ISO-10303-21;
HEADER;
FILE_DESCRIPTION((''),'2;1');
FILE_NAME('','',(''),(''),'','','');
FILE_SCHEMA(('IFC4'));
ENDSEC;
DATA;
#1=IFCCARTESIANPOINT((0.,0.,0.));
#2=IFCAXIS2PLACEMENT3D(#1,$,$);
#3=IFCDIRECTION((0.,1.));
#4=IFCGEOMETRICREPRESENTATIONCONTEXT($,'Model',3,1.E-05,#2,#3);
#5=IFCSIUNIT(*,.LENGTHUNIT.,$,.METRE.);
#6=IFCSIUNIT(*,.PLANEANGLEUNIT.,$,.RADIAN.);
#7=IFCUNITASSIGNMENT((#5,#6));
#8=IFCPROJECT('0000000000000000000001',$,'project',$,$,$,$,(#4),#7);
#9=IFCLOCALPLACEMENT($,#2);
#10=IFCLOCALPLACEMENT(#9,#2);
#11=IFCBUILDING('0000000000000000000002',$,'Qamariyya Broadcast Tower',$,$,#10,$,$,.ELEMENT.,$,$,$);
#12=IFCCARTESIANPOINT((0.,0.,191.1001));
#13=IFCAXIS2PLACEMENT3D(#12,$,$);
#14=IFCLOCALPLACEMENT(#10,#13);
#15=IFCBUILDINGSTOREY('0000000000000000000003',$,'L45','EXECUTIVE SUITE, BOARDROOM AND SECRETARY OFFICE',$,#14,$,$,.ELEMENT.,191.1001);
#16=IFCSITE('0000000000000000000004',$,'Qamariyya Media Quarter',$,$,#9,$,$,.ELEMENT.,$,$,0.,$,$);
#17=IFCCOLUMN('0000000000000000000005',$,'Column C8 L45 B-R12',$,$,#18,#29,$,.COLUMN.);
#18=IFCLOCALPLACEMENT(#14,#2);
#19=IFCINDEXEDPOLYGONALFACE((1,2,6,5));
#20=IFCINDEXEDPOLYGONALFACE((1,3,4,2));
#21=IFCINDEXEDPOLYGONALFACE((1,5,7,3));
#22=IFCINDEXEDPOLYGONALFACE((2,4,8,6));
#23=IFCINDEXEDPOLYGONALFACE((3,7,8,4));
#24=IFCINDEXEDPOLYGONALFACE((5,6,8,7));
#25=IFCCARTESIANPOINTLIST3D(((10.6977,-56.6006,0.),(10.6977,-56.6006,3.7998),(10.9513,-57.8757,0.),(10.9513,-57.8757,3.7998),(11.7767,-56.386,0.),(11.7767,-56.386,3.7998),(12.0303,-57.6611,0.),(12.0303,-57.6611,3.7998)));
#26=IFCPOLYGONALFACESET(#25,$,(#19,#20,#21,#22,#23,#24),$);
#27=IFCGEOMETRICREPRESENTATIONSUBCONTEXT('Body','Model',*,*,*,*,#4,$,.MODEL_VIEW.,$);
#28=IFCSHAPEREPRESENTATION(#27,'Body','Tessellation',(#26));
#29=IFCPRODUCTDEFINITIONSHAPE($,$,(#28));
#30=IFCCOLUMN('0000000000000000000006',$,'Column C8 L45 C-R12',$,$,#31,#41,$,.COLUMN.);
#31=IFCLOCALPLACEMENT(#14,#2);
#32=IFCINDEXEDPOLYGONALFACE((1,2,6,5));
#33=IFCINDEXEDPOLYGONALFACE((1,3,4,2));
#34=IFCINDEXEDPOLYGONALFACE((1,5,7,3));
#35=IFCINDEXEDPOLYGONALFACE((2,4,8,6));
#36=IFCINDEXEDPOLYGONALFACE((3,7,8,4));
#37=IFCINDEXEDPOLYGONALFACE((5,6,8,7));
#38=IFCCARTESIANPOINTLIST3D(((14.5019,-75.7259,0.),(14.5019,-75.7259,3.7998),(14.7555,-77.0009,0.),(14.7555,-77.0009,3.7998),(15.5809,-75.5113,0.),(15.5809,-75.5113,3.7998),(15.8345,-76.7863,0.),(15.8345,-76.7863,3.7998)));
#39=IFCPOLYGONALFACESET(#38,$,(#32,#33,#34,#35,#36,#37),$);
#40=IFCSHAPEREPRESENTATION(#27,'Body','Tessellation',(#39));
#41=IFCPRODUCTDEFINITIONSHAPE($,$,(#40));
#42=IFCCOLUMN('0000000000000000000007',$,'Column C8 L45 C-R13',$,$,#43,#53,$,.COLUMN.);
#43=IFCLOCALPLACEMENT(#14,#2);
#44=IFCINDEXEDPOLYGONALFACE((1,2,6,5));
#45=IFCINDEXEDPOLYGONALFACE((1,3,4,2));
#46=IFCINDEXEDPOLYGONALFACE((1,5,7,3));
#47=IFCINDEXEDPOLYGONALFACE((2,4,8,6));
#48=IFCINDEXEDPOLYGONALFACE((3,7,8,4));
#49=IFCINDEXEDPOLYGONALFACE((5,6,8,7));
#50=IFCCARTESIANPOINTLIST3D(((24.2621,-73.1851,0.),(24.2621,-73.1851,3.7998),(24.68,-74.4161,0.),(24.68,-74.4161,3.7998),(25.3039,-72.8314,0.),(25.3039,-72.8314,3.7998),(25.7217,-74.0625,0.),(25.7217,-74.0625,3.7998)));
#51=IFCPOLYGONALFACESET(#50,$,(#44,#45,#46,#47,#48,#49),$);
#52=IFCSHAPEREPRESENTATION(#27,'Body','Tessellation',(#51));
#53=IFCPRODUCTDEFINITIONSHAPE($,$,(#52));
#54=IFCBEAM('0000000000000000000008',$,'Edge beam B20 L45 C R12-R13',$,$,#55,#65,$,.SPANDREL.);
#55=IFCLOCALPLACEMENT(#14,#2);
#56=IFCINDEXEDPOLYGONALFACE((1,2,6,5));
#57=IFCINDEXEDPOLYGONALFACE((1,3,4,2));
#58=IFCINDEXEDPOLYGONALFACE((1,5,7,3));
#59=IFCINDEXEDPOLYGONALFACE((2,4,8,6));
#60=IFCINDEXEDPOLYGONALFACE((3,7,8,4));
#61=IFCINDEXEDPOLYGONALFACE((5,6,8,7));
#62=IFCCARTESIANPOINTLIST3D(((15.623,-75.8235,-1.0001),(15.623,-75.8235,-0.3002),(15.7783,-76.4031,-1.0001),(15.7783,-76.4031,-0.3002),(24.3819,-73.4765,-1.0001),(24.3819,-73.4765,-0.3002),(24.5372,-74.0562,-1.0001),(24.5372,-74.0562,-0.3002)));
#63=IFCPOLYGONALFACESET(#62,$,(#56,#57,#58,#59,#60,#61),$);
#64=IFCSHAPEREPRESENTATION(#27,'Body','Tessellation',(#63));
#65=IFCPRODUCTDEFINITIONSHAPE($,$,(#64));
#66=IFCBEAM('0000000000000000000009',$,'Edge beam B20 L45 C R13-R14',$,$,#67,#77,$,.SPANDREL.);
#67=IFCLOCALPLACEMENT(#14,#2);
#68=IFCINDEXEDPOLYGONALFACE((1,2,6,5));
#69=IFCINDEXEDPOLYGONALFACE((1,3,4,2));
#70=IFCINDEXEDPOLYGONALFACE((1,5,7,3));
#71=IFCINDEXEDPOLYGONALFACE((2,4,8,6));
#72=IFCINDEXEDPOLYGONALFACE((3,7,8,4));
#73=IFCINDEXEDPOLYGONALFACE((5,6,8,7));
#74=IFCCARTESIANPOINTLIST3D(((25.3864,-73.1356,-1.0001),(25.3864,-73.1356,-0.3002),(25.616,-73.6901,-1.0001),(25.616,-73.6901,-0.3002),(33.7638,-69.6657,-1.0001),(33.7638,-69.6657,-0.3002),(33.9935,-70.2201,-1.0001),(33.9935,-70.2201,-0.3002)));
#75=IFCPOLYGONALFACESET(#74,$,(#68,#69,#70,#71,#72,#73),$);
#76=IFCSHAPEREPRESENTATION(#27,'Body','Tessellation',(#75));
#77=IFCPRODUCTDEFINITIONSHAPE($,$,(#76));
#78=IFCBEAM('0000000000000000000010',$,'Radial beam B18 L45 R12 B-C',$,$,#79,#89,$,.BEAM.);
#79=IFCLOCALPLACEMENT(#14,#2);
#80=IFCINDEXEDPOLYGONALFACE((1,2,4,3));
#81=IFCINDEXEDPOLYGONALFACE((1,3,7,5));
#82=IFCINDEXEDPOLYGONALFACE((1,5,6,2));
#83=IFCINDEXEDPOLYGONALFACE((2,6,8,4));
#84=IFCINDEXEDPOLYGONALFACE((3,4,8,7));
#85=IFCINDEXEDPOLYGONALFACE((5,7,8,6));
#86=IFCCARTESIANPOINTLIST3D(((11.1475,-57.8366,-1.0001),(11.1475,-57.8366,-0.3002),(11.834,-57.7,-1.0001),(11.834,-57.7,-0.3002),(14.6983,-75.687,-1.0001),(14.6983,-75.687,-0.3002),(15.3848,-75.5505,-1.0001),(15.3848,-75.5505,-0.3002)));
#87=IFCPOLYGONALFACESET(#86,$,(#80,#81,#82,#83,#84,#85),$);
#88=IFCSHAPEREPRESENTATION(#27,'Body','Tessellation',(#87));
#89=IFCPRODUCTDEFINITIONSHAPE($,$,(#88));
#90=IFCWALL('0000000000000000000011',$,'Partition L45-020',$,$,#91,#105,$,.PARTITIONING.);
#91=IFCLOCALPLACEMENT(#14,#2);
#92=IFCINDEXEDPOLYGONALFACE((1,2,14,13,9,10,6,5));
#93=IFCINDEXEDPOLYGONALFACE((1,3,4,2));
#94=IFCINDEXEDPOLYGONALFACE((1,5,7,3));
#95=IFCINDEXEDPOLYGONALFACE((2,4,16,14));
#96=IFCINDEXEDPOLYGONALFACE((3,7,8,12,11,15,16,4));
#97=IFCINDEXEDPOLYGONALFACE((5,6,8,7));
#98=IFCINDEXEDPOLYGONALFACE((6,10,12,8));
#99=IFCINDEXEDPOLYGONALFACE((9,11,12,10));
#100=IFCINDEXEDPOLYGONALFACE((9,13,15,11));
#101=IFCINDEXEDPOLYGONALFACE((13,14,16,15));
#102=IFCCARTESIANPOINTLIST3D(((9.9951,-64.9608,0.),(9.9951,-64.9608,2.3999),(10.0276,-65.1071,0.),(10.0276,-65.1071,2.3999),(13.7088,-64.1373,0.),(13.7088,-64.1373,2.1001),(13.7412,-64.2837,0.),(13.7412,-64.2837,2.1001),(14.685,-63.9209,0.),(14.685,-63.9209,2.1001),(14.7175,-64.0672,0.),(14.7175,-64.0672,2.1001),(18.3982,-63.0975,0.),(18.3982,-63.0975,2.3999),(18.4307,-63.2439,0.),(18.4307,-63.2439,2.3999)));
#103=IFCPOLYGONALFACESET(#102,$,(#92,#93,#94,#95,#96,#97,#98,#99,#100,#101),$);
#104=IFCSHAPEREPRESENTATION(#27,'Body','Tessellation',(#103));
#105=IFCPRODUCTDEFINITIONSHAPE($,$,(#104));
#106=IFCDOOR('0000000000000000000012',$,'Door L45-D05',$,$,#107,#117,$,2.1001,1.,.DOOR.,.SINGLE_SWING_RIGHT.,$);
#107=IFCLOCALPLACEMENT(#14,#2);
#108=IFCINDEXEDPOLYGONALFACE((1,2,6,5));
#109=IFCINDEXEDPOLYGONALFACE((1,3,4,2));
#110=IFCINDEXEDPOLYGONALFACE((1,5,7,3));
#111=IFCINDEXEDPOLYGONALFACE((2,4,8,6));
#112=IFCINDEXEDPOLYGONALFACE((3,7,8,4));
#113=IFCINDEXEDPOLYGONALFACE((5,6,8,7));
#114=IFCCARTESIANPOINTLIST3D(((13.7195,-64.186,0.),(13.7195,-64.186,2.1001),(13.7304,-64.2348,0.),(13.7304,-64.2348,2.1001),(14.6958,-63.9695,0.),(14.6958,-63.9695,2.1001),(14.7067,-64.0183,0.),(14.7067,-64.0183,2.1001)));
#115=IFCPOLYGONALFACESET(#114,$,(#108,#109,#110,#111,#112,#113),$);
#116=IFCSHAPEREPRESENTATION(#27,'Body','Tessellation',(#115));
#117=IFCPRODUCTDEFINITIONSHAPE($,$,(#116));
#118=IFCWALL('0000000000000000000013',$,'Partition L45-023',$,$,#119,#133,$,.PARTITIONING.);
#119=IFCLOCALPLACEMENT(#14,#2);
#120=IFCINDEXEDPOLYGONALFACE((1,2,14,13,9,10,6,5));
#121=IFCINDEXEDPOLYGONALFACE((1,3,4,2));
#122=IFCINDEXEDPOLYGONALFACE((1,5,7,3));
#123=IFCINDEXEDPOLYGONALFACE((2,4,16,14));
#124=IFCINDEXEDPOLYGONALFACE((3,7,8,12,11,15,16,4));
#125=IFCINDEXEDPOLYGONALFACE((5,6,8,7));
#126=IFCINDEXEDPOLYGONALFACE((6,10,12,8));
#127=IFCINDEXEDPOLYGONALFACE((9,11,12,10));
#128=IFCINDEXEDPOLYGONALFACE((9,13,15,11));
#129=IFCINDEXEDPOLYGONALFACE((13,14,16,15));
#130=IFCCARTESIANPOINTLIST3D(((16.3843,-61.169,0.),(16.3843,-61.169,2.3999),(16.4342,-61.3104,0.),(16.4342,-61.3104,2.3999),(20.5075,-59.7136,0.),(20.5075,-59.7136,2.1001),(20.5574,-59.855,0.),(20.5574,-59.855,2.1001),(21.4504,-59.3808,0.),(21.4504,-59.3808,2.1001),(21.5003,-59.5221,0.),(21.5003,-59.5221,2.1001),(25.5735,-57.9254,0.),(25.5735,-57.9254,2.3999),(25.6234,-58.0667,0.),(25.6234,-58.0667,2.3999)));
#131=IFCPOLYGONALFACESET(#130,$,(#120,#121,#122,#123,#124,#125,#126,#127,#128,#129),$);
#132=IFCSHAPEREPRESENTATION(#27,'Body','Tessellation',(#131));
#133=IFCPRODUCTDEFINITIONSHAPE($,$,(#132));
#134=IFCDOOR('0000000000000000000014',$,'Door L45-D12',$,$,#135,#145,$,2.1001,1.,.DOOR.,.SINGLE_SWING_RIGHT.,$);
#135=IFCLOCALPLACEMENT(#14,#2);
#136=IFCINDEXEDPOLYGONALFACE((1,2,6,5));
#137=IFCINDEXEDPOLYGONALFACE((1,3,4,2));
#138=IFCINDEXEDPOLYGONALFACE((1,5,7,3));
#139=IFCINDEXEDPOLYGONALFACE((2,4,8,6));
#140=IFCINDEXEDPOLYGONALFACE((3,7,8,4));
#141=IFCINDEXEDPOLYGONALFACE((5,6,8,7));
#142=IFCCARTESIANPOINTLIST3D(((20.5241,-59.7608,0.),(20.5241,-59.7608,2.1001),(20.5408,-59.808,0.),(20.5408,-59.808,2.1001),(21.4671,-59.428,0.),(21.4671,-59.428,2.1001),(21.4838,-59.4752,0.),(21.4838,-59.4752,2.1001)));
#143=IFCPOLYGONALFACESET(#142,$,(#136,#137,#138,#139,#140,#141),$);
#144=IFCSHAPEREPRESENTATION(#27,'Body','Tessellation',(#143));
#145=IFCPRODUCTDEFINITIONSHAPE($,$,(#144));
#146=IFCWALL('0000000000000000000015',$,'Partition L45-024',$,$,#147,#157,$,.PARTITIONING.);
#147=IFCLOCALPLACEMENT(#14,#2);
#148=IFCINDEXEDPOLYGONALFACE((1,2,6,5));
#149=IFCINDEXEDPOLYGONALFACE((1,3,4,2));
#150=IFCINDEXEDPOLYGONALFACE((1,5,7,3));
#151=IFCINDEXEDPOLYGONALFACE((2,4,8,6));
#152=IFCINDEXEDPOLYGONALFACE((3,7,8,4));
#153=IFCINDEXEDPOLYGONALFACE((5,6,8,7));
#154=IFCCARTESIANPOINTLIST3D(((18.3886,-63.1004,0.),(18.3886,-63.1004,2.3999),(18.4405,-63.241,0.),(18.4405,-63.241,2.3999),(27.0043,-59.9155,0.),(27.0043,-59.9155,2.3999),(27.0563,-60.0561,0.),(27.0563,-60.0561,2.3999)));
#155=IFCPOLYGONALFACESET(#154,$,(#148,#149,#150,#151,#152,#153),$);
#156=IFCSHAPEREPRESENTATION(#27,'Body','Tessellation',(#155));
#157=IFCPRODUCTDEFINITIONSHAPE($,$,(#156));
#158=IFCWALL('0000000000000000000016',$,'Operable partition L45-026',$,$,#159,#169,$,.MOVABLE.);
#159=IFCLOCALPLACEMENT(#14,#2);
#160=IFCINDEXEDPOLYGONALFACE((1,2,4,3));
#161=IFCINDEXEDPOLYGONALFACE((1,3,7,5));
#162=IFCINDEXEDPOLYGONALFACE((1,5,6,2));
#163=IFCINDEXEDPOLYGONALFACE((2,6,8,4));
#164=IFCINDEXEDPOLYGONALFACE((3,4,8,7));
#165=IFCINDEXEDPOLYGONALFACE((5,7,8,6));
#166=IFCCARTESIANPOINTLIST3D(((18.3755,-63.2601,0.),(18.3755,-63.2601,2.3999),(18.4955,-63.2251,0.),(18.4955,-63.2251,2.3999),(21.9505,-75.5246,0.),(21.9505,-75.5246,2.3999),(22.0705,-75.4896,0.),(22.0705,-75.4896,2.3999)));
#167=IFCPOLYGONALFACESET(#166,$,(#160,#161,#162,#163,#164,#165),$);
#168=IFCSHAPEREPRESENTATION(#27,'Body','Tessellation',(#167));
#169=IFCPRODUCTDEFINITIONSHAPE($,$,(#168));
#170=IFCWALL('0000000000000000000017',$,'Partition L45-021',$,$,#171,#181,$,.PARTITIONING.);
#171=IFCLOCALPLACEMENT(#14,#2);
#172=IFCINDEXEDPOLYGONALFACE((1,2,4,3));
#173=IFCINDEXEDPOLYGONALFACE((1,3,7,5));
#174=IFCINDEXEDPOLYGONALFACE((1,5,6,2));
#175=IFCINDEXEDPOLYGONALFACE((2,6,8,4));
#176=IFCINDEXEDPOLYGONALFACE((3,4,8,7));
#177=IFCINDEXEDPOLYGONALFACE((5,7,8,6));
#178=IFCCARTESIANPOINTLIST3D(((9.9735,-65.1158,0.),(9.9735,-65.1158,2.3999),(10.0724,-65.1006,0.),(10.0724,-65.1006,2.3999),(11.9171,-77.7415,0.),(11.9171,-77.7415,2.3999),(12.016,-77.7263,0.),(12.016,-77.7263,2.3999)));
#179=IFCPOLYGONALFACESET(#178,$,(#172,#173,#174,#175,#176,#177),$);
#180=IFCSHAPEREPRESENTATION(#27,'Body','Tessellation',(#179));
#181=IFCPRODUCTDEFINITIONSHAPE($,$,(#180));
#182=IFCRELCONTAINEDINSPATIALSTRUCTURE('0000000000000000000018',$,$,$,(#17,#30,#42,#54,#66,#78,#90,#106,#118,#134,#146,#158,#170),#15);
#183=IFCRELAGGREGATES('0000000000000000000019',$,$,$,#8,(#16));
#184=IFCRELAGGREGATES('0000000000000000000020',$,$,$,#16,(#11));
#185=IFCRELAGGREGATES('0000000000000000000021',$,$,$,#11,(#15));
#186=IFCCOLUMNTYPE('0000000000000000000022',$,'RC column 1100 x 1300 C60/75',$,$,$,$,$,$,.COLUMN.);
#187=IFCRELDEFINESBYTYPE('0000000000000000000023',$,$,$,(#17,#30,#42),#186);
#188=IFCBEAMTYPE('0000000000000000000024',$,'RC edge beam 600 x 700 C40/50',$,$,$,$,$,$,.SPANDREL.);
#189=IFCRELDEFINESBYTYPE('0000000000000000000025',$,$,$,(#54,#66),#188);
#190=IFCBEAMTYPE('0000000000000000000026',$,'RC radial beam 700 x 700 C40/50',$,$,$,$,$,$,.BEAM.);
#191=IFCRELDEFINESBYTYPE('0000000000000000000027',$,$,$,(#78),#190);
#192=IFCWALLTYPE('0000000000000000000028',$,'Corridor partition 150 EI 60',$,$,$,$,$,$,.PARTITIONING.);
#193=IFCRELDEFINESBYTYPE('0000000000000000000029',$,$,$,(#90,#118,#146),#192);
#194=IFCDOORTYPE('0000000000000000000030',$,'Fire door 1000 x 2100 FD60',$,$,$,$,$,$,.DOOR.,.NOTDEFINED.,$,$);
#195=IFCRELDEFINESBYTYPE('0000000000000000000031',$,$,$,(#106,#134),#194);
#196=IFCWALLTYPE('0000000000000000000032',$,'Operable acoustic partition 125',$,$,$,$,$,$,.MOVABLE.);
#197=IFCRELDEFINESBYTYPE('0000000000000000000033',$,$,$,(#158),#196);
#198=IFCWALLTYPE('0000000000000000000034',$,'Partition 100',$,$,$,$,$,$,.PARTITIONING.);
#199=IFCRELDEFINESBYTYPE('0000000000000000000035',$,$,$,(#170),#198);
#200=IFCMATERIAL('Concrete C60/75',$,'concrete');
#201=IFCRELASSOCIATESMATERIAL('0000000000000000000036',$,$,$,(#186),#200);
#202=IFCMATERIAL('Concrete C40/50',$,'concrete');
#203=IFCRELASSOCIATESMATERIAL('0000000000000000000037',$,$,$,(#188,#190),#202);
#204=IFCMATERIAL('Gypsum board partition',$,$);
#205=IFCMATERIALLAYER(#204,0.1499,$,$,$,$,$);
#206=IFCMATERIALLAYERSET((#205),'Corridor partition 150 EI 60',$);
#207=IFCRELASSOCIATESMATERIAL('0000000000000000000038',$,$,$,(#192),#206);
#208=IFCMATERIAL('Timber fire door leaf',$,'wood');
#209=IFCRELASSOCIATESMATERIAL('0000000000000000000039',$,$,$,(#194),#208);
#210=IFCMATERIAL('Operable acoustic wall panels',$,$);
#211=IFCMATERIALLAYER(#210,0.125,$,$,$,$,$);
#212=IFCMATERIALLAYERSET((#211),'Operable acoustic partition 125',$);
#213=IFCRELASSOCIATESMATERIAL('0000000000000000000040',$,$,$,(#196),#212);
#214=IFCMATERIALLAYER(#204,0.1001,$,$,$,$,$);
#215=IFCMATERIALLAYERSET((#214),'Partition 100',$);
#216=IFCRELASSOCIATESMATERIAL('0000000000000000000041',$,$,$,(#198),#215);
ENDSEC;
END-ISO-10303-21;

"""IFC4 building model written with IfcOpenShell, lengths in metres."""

from ifc_helpers import new_model, si_unit, direction, frame, frame_2d, origin, origin_2d, place, context, subcontext, project, spatial, rectangle, extrude, material, layer, layer_set, material_profile, profile_set, type_object, element, fill, save


model = new_model("IFC4")

# Units and contexts
model_context = context("Model", 3, precision=1e-05, world=origin(), true_north=direction((0.0, 1.0)))
body_context = subcontext(model_context, "Body", "Model", "MODEL_VIEW")
ifc_project = project(units=[si_unit("LENGTHUNIT", "METRE"), si_unit("PLANEANGLEUNIT", "RADIAN")], contexts=[model_context])

# Site, building, storey
site_placement = place(None, origin())
site = spatial("IfcSite", under=ifc_project, at=site_placement, Name="Qamariyya Media Quarter", CompositionType="ELEMENT", RefElevation=0.0)
building_placement = place(site_placement, origin())
building = spatial("IfcBuilding", under=site, at=building_placement, Name="Qamariyya Broadcast Tower", CompositionType="ELEMENT")
storey_placement = place(building_placement, frame((0.0, 0.0, 191.1001)))
storey = spatial("IfcBuildingStorey", under=building, at=storey_placement, Name="L45", Description="EXECUTIVE SUITE, BOARDROOM AND SECRETARY OFFICE", CompositionType="ELEMENT", Elevation=191.1001)

# Columns
ifc_material_1 = material(Name="Concrete C60/75", Category="concrete")
ifc_material_profile_1 = material_profile(ifc_material_1, rectangle(XDim=1.1001, YDim=1.3, at=origin_2d()))
ifc_profile_set_1 = profile_set([ifc_material_profile_1], Name="Concrete C60/75")
column_type = type_object("IfcColumnType", Name="RC column 1100 x 1300 C60/75", PredefinedType="COLUMN", material=ifc_profile_set_1)
for number, where, z_axis, x_axis, name in (
    (1, (11.364, -57.1309, 0.0), (0.0, 0.0, 1.0), (0.980785, 0.19509, 0.0), "Column C8 L45 B-R12"),
    (2, (15.1682, -76.2561, 0.0), (0.0, 0.0, 1.0), (0.980785, 0.19509, 0.0), "Column C8 L45 C-R12"),
    (3, (24.9919, -73.6238, 0.0), (0.0, 0.0, 1.0), (0.94693, 0.321439, 0.0), "Column C8 L45 C-R13"),
):
    element("IfcColumn", number, at=place(storey_placement, frame(where, z_axis=z_axis, x_axis=x_axis)), inside=storey, type_object=column_type, Name=name, PredefinedType="COLUMN", context=body_context, shape_type="SweptSolid", body=[
        extrude(rectangle(XDim=1.1001, YDim=1.3, at=origin_2d()), origin(), (0.0, 0.0, 1.0), 3.7998),
    ])

# Beams
ifc_material_2 = material(Name="Concrete C40/50", Category="concrete")
ifc_material_profile_2 = material_profile(ifc_material_2, rectangle(XDim=0.6001, YDim=0.7, at=origin_2d()))
ifc_profile_set_2 = profile_set([ifc_material_profile_2], Name="Concrete C40/50")
beam_type_1 = type_object("IfcBeamType", Name="RC edge beam 600 x 700 C40/50", PredefinedType="SPANDREL", material=ifc_profile_set_2)
beam_1_placement = place(storey_placement, frame((15.7007, -76.1133, -0.6501), z_axis=(0.965925, 0.25882, 0.0), x_axis=(-0.25882, 0.965925, 0.0)))
element("IfcBeam", 4, at=beam_1_placement, inside=storey, type_object=beam_type_1, Name="Edge beam B20 L45 C R12-R13", PredefinedType="SPANDREL", context=body_context, shape_type="SweptSolid", body=[
    extrude(rectangle(XDim=0.6001, YDim=0.7, at=origin_2d()), origin(), (0.0, 0.0, 1.0), 9.0679),
])
beam_2_placement = place(storey_placement, frame((25.5012, -73.4128, -0.6501), z_axis=(0.923883, 0.382676, 0.0), x_axis=(-0.382676, 0.923883, 0.0)))
element("IfcBeam", 5, at=beam_2_placement, inside=storey, type_object=beam_type_1, Name="Edge beam B20 L45 C R13-R14", PredefinedType="SPANDREL", context=body_context, shape_type="SweptSolid", body=[
    extrude(rectangle(XDim=0.6001, YDim=0.7, at=origin_2d()), origin(), (0.0, 0.0, 1.0), 9.0676),
])
ifc_material_profile_3 = material_profile(ifc_material_2, rectangle(XDim=0.7, YDim=0.7, at=origin_2d()))
ifc_profile_set_3 = profile_set([ifc_material_profile_3], Name="Concrete C40/50")
beam_type_2 = type_object("IfcBeamType", Name="RC radial beam 700 x 700 C40/50", PredefinedType="BEAM", material=ifc_profile_set_3)
beam_3_placement = place(storey_placement, frame((11.4907, -57.7683, -0.6501), z_axis=(0.195097, -0.980784, 0.0), x_axis=(0.980784, 0.195097, 0.0)))
element("IfcBeam", 6, at=beam_3_placement, inside=storey, type_object=beam_type_2, Name="Radial beam B18 L45 R12 B-C", PredefinedType="BEAM", context=body_context, shape_type="SweptSolid", body=[
    extrude(rectangle(XDim=0.7, YDim=0.7, at=origin_2d()), origin(), (0.0, 0.0, 1.0), 18.2002),
])

# Walls, openings, doors
ifc_material_3 = material(Name="Gypsum board partition")
ifc_layer_1 = layer(ifc_material_3, 0.1499)
ifc_layer_set_1 = layer_set([ifc_layer_1], Name="Corridor partition 150 EI 60")
wall_type_1 = type_object("IfcWallType", Name="Corridor partition 150 EI 60", PredefinedType="PARTITIONING", material=ifc_layer_set_1)
wall_1_placement = place(storey_placement, frame((18.4146, -63.1707, 0.0), z_axis=(0.0, 0.0, 1.0), x_axis=(-0.976287, -0.21648, 0.0)))
wall_1 = element("IfcWall", 7, at=wall_1_placement, inside=storey, type_object=wall_type_1, Name="Partition L45-020", PredefinedType="PARTITIONING", context=body_context, shape_type="SweptSolid", body=[
    extrude(rectangle(XDim=8.6072, YDim=0.1499, at=frame_2d((4.3037, 0.0))), origin(), (0.0, 0.0, 1.0), 2.3999),
])
opening_1_placement = place(wall_1_placement, frame((3.8035, 0.0, 0.0)))
opening_1 = element("IfcOpeningElement", 8, at=opening_1_placement, cuts=wall_1, PredefinedType="OPENING", context=body_context, shape_type="SweptSolid", body=[
    extrude(rectangle(XDim=1.0, YDim=2.1001, at=frame_2d((0.5, 1.05))), frame((0.0, 0.085, 0.0), z_axis=(0.0, -1.0, 0.0), x_axis=(1.0, 0.0, 0.0)), (0.0, 0.0, 1.0), 0.1699),
])
ifc_material_4 = material(Name="Timber fire door leaf", Category="wood")
door_type = type_object("IfcDoorType", Name="Fire door 1000 x 2100 FD60", OperationType="NOTDEFINED", PredefinedType="DOOR", material=ifc_material_4)
door_1_placement = place(opening_1_placement, origin())
door_1 = element("IfcDoor", 9, at=door_1_placement, inside=storey, type_object=door_type, Name="Door L45-D05", OperationType="SINGLE_SWING_RIGHT", OverallHeight=2.1001, OverallWidth=1.0, PredefinedType="DOOR", context=body_context, shape_type="SweptSolid", body=[
    extrude(rectangle(XDim=1.0, YDim=2.1001, at=frame_2d((0.5, 1.05))), frame((0.0, 0.0249, 0.0), z_axis=(0.0, -1.0, 0.0), x_axis=(1.0, 0.0, 0.0)), (0.0, 0.0, 1.0), 0.05),
])
fill(opening_1, door_1)
wall_2_placement = place(storey_placement, frame((16.4092, -61.2397, 0.0), z_axis=(0.0, 0.0, 1.0), x_axis=(0.942977, 0.332857, 0.0)))
wall_2 = element("IfcWall", 10, at=wall_2_placement, inside=storey, type_object=wall_type_1, Name="Partition L45-023", PredefinedType="PARTITIONING", context=body_context, shape_type="SweptSolid", body=[
    extrude(rectangle(XDim=9.7449, YDim=0.1499, at=frame_2d((4.8726, 0.0))), origin(), (0.0, 0.0, 1.0), 2.3999),
])
opening_2_placement = place(wall_2_placement, frame((4.3726, 0.0, 0.0)))
opening_2 = element("IfcOpeningElement", 11, at=opening_2_placement, cuts=wall_2, PredefinedType="OPENING", context=body_context, shape_type="SweptSolid", body=[
    extrude(rectangle(XDim=1.0, YDim=2.1001, at=frame_2d((0.5, 1.05))), frame((0.0, 0.085, 0.0), z_axis=(0.0, -1.0, 0.0), x_axis=(1.0, 0.0, 0.0)), (0.0, 0.0, 1.0), 0.1699),
])
door_2_placement = place(opening_2_placement, origin())
door_2 = element("IfcDoor", 12, at=door_2_placement, inside=storey, type_object=door_type, Name="Door L45-D12", OperationType="SINGLE_SWING_RIGHT", OverallHeight=2.1001, OverallWidth=1.0, PredefinedType="DOOR", context=body_context, shape_type="SweptSolid", body=[
    extrude(rectangle(XDim=1.0, YDim=2.1001, at=frame_2d((0.5, 1.05))), frame((0.0, 0.0249, 0.0), z_axis=(0.0, -1.0, 0.0), x_axis=(1.0, 0.0, 0.0)), (0.0, 0.0, 1.0), 0.05),
])
fill(opening_2, door_2)

# Walls
wall_3_placement = place(storey_placement, frame((18.4146, -63.1707, 0.0), z_axis=(0.0, 0.0, 1.0), x_axis=(0.937968, 0.346721, 0.0)))
element("IfcWall", 13, at=wall_3_placement, inside=storey, type_object=wall_type_1, Name="Partition L45-024", PredefinedType="PARTITIONING", context=body_context, shape_type="SweptSolid", body=[
    extrude(rectangle(XDim=9.1855, YDim=0.1499, at=frame_2d((4.5928, 0.0))), origin(), (0.0, 0.0, 1.0), 2.3999),
])
ifc_material_5 = material(Name="Operable acoustic wall panels")
ifc_layer_2 = layer(ifc_material_5, 0.125)
ifc_layer_set_2 = layer_set([ifc_layer_2], Name="Operable acoustic partition 125")
wall_type_2 = type_object("IfcWallType", Name="Operable acoustic partition 125", PredefinedType="MOVABLE", material=ifc_layer_set_2)
wall_4_placement = place(storey_placement, frame((22.0105, -75.5071, 0.0), z_axis=(0.0, 0.0, 1.0), x_axis=(-0.279844, 0.960046, 0.0)))
element("IfcWall", 14, at=wall_4_placement, inside=storey, type_object=wall_type_2, Name="Operable partition L45-026", PredefinedType="MOVABLE", context=body_context, shape_type="SweptSolid", body=[
    extrude(rectangle(XDim=12.7749, YDim=0.125, at=frame_2d((6.3875, 0.0))), origin(), (0.0, 0.0, 1.0), 2.3999),
])
ifc_layer_3 = layer(ifc_material_3, 0.1001)
ifc_layer_set_3 = layer_set([ifc_layer_3], Name="Partition 100")
wall_type_3 = type_object("IfcWallType", Name="Partition 100", PredefinedType="PARTITIONING", material=ifc_layer_set_3)
wall_5_placement = place(storey_placement, frame((11.9666, -77.7339, 0.0), z_axis=(0.0, 0.0, 1.0), x_axis=(-0.152148, 0.988358, 0.0)))
element("IfcWall", 15, at=wall_5_placement, inside=storey, type_object=wall_type_3, Name="Partition L45-021", PredefinedType="PARTITIONING", context=body_context, shape_type="SweptSolid", body=[
    extrude(rectangle(XDim=12.7744, YDim=0.1001, at=frame_2d((6.3872, 0.0))), origin(), (0.0, 0.0, 1.0), 2.3999),
])

save(model, "model.ifc")
